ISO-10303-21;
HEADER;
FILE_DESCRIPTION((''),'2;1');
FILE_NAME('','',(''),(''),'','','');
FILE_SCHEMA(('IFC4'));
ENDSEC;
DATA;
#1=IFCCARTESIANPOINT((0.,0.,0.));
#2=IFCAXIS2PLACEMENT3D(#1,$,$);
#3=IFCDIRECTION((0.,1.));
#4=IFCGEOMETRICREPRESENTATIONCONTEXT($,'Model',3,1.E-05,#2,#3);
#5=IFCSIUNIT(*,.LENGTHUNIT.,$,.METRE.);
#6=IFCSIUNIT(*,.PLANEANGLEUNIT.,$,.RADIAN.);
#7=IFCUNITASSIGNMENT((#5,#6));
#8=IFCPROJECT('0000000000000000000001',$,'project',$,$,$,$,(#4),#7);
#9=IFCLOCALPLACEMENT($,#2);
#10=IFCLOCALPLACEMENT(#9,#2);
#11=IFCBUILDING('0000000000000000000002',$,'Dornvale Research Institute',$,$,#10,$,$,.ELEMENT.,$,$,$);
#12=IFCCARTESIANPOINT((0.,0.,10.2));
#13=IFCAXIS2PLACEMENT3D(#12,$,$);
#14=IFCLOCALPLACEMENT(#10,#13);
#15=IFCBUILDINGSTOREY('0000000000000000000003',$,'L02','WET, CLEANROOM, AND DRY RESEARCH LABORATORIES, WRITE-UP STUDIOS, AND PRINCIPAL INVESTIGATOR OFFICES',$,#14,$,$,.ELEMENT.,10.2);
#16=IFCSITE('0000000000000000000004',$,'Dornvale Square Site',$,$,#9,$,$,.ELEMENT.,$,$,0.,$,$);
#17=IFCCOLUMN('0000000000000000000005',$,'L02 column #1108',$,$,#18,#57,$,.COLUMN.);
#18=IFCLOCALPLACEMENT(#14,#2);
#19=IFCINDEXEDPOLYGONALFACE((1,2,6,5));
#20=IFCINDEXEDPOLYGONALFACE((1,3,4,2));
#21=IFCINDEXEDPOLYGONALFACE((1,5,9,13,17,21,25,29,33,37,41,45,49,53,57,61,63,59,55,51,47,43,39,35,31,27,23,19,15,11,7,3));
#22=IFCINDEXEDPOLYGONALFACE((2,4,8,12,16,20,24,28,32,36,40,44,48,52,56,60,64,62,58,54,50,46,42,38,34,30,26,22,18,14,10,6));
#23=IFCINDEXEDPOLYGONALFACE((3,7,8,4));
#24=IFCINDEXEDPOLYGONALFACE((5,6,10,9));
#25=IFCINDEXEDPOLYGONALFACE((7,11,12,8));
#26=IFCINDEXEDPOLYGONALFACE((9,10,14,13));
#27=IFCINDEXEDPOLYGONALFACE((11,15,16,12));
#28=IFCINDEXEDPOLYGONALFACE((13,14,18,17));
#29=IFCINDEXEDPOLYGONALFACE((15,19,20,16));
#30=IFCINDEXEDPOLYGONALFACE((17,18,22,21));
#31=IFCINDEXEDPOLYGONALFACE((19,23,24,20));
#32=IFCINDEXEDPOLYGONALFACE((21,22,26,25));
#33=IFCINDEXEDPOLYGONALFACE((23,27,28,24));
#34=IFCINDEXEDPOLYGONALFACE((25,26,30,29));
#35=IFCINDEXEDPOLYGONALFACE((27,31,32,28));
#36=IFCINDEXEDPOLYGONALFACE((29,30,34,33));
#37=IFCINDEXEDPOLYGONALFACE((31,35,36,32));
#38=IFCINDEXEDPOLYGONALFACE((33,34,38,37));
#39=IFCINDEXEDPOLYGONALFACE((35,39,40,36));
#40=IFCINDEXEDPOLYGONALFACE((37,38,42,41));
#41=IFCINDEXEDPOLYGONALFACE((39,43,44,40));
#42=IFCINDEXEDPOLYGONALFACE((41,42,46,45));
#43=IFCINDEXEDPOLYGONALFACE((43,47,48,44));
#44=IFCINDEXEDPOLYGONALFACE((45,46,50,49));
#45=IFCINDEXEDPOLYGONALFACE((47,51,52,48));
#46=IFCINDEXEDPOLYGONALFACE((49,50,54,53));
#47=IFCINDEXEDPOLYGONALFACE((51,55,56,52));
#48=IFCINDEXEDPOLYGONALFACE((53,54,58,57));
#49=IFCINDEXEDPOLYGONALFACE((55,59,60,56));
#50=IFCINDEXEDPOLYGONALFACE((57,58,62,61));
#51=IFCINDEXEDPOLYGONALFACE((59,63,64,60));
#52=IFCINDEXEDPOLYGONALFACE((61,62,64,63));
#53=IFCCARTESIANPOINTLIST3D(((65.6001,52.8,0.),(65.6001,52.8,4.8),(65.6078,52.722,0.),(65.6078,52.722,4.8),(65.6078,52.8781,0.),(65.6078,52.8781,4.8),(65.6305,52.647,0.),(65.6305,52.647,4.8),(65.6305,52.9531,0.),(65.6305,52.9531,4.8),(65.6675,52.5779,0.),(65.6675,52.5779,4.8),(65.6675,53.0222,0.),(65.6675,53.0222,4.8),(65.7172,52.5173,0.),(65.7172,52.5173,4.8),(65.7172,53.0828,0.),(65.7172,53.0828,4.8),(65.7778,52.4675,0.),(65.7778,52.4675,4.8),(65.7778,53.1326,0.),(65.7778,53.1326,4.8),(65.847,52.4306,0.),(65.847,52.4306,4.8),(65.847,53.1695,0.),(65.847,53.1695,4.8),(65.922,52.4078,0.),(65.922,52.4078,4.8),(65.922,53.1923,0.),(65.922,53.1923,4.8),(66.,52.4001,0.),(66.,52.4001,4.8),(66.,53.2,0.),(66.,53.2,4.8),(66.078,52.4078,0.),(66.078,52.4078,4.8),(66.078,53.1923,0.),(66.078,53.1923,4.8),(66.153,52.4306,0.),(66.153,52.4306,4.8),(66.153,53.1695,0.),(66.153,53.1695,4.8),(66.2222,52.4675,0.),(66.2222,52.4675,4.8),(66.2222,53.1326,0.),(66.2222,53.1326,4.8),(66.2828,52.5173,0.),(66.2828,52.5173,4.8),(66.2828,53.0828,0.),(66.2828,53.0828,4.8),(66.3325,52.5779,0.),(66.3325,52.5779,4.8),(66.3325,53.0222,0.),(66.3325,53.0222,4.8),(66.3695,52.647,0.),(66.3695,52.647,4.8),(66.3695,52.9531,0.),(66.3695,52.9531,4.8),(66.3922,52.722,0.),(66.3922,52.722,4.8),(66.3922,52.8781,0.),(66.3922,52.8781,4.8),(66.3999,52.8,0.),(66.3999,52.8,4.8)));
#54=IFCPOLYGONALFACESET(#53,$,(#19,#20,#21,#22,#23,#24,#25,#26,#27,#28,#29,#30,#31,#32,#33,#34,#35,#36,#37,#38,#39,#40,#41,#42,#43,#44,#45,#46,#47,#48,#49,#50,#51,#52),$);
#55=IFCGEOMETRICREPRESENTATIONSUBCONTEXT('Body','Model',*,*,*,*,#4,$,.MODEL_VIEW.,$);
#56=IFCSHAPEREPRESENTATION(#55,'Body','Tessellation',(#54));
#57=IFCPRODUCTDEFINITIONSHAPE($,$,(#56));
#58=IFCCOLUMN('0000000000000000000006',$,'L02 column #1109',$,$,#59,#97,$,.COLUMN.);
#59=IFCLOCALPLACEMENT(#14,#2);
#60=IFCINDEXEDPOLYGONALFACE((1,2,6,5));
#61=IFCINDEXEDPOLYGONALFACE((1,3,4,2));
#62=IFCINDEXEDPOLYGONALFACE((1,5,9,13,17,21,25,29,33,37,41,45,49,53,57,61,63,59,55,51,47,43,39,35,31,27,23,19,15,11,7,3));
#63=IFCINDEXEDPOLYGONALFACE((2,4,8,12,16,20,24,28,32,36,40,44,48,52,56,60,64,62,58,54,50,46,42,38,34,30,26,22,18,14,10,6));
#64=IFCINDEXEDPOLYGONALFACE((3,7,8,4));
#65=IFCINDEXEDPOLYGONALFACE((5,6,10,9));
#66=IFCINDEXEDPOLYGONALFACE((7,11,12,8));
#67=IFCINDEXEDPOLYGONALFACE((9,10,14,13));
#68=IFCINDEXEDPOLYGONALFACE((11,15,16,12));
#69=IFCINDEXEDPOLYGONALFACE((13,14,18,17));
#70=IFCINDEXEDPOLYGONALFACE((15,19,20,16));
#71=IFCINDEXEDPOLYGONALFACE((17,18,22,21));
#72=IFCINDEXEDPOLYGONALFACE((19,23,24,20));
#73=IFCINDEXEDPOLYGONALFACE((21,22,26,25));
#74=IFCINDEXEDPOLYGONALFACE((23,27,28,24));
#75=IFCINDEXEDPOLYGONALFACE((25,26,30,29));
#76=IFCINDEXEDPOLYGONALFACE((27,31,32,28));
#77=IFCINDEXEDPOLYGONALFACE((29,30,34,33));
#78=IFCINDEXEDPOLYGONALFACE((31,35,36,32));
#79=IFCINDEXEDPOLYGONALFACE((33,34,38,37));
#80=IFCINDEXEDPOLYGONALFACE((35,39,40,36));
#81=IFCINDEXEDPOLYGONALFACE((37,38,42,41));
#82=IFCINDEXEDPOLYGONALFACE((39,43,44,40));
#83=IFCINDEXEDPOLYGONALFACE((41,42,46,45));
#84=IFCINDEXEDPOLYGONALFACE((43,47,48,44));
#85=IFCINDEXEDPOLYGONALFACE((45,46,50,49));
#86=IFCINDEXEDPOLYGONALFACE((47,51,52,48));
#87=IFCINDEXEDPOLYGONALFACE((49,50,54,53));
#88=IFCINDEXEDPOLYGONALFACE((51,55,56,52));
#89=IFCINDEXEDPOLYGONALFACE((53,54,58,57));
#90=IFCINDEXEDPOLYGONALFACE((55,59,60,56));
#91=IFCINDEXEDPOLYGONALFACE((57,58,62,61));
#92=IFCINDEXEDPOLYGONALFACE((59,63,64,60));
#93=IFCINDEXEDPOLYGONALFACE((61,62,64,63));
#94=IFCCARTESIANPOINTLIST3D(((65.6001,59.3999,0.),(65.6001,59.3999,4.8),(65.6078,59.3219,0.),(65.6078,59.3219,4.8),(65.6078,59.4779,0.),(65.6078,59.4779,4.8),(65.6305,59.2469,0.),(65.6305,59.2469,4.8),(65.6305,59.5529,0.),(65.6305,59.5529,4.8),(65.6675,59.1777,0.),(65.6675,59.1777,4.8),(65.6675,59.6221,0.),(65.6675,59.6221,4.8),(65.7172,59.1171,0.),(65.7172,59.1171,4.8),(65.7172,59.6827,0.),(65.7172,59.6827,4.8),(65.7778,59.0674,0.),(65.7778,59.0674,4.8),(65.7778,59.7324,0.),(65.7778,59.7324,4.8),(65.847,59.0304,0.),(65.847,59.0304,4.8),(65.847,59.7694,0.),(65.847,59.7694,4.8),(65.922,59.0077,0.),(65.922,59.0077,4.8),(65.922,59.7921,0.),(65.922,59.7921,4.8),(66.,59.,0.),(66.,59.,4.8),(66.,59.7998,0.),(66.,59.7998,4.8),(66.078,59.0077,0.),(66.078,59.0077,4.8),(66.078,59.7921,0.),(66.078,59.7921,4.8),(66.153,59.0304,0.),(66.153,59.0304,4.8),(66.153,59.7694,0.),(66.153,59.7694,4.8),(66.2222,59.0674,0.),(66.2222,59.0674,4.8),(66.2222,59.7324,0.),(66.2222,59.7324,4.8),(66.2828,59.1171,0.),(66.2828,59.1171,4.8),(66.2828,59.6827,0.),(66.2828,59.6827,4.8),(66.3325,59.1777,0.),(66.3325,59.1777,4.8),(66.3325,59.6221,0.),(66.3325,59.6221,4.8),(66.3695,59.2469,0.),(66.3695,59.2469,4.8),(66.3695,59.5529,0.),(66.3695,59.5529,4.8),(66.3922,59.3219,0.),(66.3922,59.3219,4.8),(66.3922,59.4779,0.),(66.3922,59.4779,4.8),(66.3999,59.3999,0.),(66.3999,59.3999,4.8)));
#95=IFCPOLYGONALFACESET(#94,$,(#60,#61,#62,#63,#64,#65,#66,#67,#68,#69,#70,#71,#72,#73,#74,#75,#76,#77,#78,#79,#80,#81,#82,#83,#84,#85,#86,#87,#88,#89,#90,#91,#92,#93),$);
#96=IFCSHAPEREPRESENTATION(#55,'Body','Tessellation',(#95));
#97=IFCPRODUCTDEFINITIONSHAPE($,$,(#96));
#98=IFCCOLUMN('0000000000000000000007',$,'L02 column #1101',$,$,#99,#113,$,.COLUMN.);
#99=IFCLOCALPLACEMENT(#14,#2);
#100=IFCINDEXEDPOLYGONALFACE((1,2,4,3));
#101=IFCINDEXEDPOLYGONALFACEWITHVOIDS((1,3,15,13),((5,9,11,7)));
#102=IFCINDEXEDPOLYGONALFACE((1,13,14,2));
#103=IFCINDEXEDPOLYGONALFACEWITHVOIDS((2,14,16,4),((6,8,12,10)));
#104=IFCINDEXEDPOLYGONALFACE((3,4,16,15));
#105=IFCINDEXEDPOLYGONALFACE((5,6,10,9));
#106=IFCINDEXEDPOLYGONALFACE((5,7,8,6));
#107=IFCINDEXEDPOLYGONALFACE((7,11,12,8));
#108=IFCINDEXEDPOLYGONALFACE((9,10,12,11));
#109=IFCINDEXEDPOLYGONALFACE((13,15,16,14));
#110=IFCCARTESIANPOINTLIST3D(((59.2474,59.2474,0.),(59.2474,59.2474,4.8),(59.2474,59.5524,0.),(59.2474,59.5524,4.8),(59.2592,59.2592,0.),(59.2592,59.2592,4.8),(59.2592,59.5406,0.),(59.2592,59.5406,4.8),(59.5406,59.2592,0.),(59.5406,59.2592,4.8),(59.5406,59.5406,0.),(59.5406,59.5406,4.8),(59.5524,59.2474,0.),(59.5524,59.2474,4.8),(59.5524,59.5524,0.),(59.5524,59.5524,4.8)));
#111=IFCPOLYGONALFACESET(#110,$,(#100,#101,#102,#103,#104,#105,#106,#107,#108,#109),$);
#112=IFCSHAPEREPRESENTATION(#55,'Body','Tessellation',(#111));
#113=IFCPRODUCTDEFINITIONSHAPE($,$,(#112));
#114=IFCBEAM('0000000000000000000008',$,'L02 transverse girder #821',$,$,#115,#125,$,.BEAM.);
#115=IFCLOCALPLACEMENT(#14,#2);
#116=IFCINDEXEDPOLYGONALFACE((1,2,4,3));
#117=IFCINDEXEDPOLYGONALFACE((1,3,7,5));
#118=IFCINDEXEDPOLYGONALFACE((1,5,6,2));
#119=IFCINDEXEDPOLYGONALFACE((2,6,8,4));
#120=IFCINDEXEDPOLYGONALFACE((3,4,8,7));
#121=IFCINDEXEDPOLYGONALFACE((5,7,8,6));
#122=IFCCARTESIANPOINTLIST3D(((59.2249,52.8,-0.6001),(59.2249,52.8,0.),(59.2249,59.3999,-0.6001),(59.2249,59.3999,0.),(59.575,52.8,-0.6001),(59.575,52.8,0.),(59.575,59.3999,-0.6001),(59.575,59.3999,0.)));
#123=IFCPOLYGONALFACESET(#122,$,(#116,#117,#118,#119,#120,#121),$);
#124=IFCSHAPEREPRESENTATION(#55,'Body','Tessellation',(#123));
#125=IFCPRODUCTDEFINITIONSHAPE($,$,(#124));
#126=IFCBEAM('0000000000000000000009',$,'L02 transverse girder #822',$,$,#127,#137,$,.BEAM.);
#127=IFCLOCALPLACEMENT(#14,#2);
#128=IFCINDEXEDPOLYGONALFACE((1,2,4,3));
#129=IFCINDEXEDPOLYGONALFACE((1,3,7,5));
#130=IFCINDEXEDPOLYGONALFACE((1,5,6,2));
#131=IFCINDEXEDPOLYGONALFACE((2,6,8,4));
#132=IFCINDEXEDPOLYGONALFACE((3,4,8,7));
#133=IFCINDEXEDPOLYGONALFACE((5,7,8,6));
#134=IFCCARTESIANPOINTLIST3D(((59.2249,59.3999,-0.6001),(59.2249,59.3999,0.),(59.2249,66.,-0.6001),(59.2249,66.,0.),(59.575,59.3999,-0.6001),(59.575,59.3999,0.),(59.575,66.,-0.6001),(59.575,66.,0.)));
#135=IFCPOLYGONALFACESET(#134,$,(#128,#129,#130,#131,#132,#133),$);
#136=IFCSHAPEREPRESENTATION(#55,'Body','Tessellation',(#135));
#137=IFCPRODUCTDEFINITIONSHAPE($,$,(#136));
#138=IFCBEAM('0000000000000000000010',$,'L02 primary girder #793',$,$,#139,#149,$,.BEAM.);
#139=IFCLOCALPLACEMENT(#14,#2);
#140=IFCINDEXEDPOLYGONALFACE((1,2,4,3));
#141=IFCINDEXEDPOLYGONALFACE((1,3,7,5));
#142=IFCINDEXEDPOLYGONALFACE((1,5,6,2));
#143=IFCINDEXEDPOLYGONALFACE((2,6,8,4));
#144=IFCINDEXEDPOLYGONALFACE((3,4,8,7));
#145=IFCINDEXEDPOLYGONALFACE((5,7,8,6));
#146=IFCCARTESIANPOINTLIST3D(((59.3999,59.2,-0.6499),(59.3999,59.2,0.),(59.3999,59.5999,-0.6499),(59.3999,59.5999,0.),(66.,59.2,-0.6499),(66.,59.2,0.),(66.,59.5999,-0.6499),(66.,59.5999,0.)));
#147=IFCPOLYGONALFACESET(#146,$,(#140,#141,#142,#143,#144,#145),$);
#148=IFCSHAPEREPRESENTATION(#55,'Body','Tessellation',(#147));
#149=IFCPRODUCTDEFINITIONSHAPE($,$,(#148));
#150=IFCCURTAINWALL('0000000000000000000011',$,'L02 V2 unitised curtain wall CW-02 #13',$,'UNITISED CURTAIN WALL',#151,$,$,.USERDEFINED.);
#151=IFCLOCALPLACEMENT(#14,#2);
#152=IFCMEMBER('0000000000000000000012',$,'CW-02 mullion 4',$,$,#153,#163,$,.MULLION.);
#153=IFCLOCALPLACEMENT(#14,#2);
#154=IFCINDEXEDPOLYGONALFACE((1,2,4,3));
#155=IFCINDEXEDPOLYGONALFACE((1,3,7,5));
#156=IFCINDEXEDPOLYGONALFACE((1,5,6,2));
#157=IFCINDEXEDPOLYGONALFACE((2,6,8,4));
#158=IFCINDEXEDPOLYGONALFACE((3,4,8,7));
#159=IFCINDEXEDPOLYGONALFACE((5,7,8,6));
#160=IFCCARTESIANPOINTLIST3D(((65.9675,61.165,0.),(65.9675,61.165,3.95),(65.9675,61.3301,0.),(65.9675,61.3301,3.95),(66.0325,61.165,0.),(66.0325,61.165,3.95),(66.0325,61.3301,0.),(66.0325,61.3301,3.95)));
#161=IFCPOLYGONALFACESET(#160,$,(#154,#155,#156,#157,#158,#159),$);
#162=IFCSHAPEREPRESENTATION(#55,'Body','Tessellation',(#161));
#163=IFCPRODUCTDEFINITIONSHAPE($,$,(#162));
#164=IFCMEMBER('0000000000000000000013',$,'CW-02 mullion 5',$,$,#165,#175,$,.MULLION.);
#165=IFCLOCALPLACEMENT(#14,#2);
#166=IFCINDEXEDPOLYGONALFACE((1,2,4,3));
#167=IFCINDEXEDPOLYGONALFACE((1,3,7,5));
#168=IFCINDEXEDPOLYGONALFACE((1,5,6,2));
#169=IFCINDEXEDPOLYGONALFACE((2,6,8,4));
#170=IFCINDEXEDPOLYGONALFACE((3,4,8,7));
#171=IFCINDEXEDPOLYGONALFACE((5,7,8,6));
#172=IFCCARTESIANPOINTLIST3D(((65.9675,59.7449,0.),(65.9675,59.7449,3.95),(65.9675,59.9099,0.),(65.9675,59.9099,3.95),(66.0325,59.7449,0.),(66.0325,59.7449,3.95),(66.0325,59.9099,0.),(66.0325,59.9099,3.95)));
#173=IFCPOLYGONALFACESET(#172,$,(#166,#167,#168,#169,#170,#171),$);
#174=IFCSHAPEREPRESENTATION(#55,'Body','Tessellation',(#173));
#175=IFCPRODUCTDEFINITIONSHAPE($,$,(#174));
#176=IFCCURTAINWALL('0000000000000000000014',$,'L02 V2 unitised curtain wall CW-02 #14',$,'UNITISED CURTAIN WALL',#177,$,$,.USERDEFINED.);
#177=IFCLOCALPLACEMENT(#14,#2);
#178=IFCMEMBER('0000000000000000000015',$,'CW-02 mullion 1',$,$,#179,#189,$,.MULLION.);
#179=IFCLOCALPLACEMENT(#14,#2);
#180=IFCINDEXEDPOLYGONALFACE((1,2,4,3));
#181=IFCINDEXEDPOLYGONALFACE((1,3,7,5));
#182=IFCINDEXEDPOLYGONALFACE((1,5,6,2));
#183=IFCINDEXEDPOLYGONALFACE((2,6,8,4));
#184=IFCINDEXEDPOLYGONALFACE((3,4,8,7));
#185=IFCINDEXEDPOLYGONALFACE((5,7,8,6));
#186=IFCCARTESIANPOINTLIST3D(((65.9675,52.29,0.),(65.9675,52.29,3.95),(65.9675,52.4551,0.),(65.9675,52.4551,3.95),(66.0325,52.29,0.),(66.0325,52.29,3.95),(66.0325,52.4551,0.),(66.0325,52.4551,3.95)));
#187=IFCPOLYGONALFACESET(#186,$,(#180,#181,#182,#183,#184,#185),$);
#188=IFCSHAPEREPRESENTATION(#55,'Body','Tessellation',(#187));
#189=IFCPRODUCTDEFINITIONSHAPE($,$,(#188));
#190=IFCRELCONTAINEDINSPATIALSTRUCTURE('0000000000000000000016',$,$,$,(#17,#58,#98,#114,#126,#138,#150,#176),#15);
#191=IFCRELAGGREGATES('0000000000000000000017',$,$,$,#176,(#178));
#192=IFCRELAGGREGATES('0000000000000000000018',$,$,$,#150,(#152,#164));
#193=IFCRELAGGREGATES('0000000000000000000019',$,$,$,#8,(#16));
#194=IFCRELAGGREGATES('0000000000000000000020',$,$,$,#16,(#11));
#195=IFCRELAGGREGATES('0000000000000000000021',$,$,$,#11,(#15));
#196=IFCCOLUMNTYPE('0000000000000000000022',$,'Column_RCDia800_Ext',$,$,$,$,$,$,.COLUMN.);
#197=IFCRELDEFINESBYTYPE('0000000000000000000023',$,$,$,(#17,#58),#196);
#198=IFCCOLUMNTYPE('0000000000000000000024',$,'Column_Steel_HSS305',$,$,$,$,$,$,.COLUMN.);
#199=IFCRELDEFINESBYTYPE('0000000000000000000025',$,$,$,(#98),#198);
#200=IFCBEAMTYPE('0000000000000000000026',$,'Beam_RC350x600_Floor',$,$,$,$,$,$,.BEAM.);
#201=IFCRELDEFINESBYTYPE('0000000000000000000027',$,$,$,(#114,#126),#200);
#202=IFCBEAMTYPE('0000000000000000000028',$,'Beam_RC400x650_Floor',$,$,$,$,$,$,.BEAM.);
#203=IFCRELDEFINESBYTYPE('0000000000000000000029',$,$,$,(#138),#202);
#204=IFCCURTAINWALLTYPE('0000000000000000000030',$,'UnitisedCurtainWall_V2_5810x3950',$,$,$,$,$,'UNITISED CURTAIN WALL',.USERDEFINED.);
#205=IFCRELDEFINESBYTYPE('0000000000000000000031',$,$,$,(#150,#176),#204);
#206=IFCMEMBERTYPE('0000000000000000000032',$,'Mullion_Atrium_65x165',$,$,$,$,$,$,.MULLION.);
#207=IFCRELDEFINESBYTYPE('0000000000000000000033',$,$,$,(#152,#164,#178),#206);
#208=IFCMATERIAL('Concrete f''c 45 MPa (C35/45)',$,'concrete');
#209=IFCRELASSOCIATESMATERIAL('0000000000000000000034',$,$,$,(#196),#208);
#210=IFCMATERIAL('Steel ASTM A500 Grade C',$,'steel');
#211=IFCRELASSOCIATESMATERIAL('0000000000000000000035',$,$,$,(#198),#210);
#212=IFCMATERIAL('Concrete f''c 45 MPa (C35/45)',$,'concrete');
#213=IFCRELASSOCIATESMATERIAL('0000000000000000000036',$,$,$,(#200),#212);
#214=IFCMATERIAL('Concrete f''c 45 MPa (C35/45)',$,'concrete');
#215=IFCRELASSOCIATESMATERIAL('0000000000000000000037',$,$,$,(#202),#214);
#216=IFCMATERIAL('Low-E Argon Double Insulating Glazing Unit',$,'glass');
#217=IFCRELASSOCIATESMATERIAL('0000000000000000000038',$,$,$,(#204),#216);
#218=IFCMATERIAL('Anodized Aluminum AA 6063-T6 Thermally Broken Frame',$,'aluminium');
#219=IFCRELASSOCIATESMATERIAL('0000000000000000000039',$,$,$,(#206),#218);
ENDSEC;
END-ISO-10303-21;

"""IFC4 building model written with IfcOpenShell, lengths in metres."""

from ifc_helpers import new_model, si_unit, direction, frame, origin, origin_2d, place, context, subcontext, project, spatial, rectangle, hollow_rectangle, circle, extrude, material, material_profile, profile_set, type_object, element, aggregate, save


model = new_model("IFC4")

# Units and contexts
model_context = context("Model", 3, precision=1e-05, world=origin(), true_north=direction((0.0, 1.0)))
body_context = subcontext(model_context, "Body", "Model", "MODEL_VIEW")
ifc_project = project(units=[si_unit("LENGTHUNIT", "METRE"), si_unit("PLANEANGLEUNIT", "RADIAN")], contexts=[model_context])

# Site, building, storey
site_placement = place(None, origin())
site = spatial("IfcSite", under=ifc_project, at=site_placement, Name="Dornvale Square Site", CompositionType="ELEMENT", RefElevation=0.0)
building_placement = place(site_placement, origin())
building = spatial("IfcBuilding", under=site, at=building_placement, Name="Dornvale Research Institute", CompositionType="ELEMENT")
storey_placement = place(building_placement, frame((0.0, 0.0, 10.2)))
storey = spatial("IfcBuildingStorey", under=building, at=storey_placement, Name="L02", Description="WET, CLEANROOM, AND DRY RESEARCH LABORATORIES, WRITE-UP STUDIOS, AND PRINCIPAL INVESTIGATOR OFFICES", CompositionType="ELEMENT", Elevation=10.2)

# Columns
ifc_material_1 = material(Name="Concrete f'c 45 MPa (C35/45)", Category="concrete")
ifc_material_profile_1 = material_profile(ifc_material_1, circle(Radius=0.3999, at=origin_2d()), Name="RC DIA 800")
ifc_profile_set_1 = profile_set([ifc_material_profile_1], Name="Concrete f'c 45 MPa (C35/45)")
column_type_1 = type_object("IfcColumnType", Name="Column_RCDia800_Ext", PredefinedType="COLUMN", material=ifc_profile_set_1)
for number, where, z_axis, x_axis, name in (
    (1, (66.0, 52.8, 0.0), (0.0, 0.0, 1.0), (1.0, 0.0, 0.0), "L02 column #1108"),
    (2, (66.0, 59.3999, 0.0), (0.0, 0.0, 1.0), (1.0, 0.0, 0.0), "L02 column #1109"),
):
    element("IfcColumn", number, at=place(storey_placement, frame(where, z_axis=z_axis, x_axis=x_axis)), inside=storey, type_object=column_type_1, Name=name, PredefinedType="COLUMN", context=body_context, shape_type="SweptSolid", body=[
        extrude(circle(Radius=0.3999, at=origin_2d()), origin(), (0.0, 0.0, 1.0), 4.8),
    ])
ifc_material_2 = material(Name="Steel ASTM A500 Grade C", Category="steel")
ifc_material_profile_2 = material_profile(ifc_material_2, hollow_rectangle(XDim=0.3049, YDim=0.3049, WallThickness=0.0117, at=origin_2d()), Name="HSS305X305X12.7")
ifc_profile_set_2 = profile_set([ifc_material_profile_2], Name="Steel ASTM A500 Grade C")
column_type_2 = type_object("IfcColumnType", Name="Column_Steel_HSS305", PredefinedType="COLUMN", material=ifc_profile_set_2)
column_placement = place(storey_placement, frame((59.3999, 59.3999, 0.0), z_axis=(0.0, 0.0, 1.0), x_axis=(1.0, 0.0, 0.0)))
element("IfcColumn", 3, at=column_placement, inside=storey, type_object=column_type_2, Name="L02 column #1101", PredefinedType="COLUMN", context=body_context, shape_type="SweptSolid", body=[
    extrude(hollow_rectangle(XDim=0.3049, YDim=0.3049, WallThickness=0.0117, at=origin_2d()), origin(), (0.0, 0.0, 1.0), 4.8),
])

# Beams
ifc_material_3 = material(Name="Concrete f'c 45 MPa (C35/45)", Category="concrete")
ifc_material_profile_3 = material_profile(ifc_material_3, rectangle(XDim=0.3501, YDim=0.6001, at=origin_2d()), Name="RC 350x600")
ifc_profile_set_3 = profile_set([ifc_material_profile_3], Name="Concrete f'c 45 MPa (C35/45)")
beam_type_1 = type_object("IfcBeamType", Name="Beam_RC350x600_Floor", PredefinedType="BEAM", material=ifc_profile_set_3)
beam_1_placement = place(storey_placement, frame((59.3999, 52.8, -0.3), z_axis=(0.0, 1.0, 0.0), x_axis=(-1.0, 0.0, 0.0)))
element("IfcBeam", 4, at=beam_1_placement, inside=storey, type_object=beam_type_1, Name="L02 transverse girder #821", PredefinedType="BEAM", context=body_context, shape_type="SweptSolid", body=[
    extrude(rectangle(XDim=0.3501, YDim=0.6001, at=origin_2d()), origin(), (0.0, 0.0, 1.0), 6.5999),
])
beam_2_placement = place(storey_placement, frame((59.3999, 59.3999, -0.3), z_axis=(0.0, 1.0, 0.0), x_axis=(-1.0, 0.0, 0.0)))
element("IfcBeam", 5, at=beam_2_placement, inside=storey, type_object=beam_type_1, Name="L02 transverse girder #822", PredefinedType="BEAM", context=body_context, shape_type="SweptSolid", body=[
    extrude(rectangle(XDim=0.3501, YDim=0.6001, at=origin_2d()), origin(), (0.0, 0.0, 1.0), 6.6001),
])
ifc_material_4 = material(Name="Concrete f'c 45 MPa (C35/45)", Category="concrete")
ifc_material_profile_4 = material_profile(ifc_material_4, rectangle(XDim=0.3999, YDim=0.6499, at=origin_2d()), Name="RC 400x650")
ifc_profile_set_4 = profile_set([ifc_material_profile_4], Name="Concrete f'c 45 MPa (C35/45)")
beam_type_2 = type_object("IfcBeamType", Name="Beam_RC400x650_Floor", PredefinedType="BEAM", material=ifc_profile_set_4)
beam_3_placement = place(storey_placement, frame((59.3999, 59.3999, -0.325), z_axis=(1.0, 0.0, 0.0), x_axis=(0.0, 1.0, 0.0)))
element("IfcBeam", 6, at=beam_3_placement, inside=storey, type_object=beam_type_2, Name="L02 primary girder #793", PredefinedType="BEAM", context=body_context, shape_type="SweptSolid", body=[
    extrude(rectangle(XDim=0.3999, YDim=0.6499, at=origin_2d()), origin(), (0.0, 0.0, 1.0), 6.6001),
])

# Curtain wall, members
ifc_material_5 = material(Name="Low-E Argon Double Insulating Glazing Unit", Category="glass")
curtain_wall_type = type_object("IfcCurtainWallType", Name="UnitisedCurtainWall_V2_5810x3950", ElementType="UNITISED CURTAIN WALL", PredefinedType="USERDEFINED", material=ifc_material_5)
curtain_wall_1_placement = place(storey_placement, origin())
curtain_wall_1 = element("IfcCurtainWall", 7, at=curtain_wall_1_placement, inside=storey, type_object=curtain_wall_type, Name="L02 V2 unitised curtain wall CW-02 #13", ObjectType="UNITISED CURTAIN WALL", PredefinedType="USERDEFINED")
ifc_material_6 = material(Name="Anodized Aluminum AA 6063-T6 Thermally Broken Frame", Category="aluminium")
ifc_material_profile_5 = material_profile(ifc_material_6, rectangle(XDim=0.0649, YDim=0.165, at=origin_2d()), Name="ALU MULLION 65x165")
ifc_profile_set_5 = profile_set([ifc_material_profile_5], Name="Anodized Aluminum AA 6063-T6 Thermally Broken Frame")
member_type_1 = type_object("IfcMemberType", Name="Mullion_Atrium_65x165", PredefinedType="MULLION", material=ifc_profile_set_5)
member_1_placement = place(storey_placement, frame((66.0, 61.2476, 0.0), z_axis=(0.0, 0.0, 1.0), x_axis=(1.0, 0.0, 0.0)))
member_1 = element("IfcMember", 8, at=member_1_placement, type_object=member_type_1, Name="CW-02 mullion 4", PredefinedType="MULLION", context=body_context, shape_type="SweptSolid", body=[
    extrude(rectangle(XDim=0.0649, YDim=0.165, at=origin_2d()), origin(), (0.0, 0.0, 1.0), 3.95),
])
member_2_placement = place(storey_placement, frame((66.0, 59.8274, 0.0), z_axis=(0.0, 0.0, 1.0), x_axis=(1.0, 0.0, 0.0)))
member_2 = element("IfcMember", 9, at=member_2_placement, type_object=member_type_1, Name="CW-02 mullion 5", PredefinedType="MULLION", context=body_context, shape_type="SweptSolid", body=[
    extrude(rectangle(XDim=0.0649, YDim=0.165, at=origin_2d()), origin(), (0.0, 0.0, 1.0), 3.95),
])

# Curtain wall, member
curtain_wall_2_placement = place(storey_placement, origin())
curtain_wall_2 = element("IfcCurtainWall", 10, at=curtain_wall_2_placement, inside=storey, type_object=curtain_wall_type, Name="L02 V2 unitised curtain wall CW-02 #14", ObjectType="UNITISED CURTAIN WALL", PredefinedType="USERDEFINED")
member_3_placement = place(storey_placement, frame((66.0, 52.3726, 0.0), z_axis=(0.0, 0.0, 1.0), x_axis=(1.0, 0.0, 0.0)))
member_3 = element("IfcMember", 11, at=member_3_placement, type_object=member_type_1, Name="CW-02 mullion 1", PredefinedType="MULLION", context=body_context, shape_type="SweptSolid", body=[
    extrude(rectangle(XDim=0.0649, YDim=0.165, at=origin_2d()), origin(), (0.0, 0.0, 1.0), 3.95),
])

aggregate(curtain_wall_2, [member_3])

aggregate(curtain_wall_1, [member_1, member_2])

save(model, "model.ifc")
